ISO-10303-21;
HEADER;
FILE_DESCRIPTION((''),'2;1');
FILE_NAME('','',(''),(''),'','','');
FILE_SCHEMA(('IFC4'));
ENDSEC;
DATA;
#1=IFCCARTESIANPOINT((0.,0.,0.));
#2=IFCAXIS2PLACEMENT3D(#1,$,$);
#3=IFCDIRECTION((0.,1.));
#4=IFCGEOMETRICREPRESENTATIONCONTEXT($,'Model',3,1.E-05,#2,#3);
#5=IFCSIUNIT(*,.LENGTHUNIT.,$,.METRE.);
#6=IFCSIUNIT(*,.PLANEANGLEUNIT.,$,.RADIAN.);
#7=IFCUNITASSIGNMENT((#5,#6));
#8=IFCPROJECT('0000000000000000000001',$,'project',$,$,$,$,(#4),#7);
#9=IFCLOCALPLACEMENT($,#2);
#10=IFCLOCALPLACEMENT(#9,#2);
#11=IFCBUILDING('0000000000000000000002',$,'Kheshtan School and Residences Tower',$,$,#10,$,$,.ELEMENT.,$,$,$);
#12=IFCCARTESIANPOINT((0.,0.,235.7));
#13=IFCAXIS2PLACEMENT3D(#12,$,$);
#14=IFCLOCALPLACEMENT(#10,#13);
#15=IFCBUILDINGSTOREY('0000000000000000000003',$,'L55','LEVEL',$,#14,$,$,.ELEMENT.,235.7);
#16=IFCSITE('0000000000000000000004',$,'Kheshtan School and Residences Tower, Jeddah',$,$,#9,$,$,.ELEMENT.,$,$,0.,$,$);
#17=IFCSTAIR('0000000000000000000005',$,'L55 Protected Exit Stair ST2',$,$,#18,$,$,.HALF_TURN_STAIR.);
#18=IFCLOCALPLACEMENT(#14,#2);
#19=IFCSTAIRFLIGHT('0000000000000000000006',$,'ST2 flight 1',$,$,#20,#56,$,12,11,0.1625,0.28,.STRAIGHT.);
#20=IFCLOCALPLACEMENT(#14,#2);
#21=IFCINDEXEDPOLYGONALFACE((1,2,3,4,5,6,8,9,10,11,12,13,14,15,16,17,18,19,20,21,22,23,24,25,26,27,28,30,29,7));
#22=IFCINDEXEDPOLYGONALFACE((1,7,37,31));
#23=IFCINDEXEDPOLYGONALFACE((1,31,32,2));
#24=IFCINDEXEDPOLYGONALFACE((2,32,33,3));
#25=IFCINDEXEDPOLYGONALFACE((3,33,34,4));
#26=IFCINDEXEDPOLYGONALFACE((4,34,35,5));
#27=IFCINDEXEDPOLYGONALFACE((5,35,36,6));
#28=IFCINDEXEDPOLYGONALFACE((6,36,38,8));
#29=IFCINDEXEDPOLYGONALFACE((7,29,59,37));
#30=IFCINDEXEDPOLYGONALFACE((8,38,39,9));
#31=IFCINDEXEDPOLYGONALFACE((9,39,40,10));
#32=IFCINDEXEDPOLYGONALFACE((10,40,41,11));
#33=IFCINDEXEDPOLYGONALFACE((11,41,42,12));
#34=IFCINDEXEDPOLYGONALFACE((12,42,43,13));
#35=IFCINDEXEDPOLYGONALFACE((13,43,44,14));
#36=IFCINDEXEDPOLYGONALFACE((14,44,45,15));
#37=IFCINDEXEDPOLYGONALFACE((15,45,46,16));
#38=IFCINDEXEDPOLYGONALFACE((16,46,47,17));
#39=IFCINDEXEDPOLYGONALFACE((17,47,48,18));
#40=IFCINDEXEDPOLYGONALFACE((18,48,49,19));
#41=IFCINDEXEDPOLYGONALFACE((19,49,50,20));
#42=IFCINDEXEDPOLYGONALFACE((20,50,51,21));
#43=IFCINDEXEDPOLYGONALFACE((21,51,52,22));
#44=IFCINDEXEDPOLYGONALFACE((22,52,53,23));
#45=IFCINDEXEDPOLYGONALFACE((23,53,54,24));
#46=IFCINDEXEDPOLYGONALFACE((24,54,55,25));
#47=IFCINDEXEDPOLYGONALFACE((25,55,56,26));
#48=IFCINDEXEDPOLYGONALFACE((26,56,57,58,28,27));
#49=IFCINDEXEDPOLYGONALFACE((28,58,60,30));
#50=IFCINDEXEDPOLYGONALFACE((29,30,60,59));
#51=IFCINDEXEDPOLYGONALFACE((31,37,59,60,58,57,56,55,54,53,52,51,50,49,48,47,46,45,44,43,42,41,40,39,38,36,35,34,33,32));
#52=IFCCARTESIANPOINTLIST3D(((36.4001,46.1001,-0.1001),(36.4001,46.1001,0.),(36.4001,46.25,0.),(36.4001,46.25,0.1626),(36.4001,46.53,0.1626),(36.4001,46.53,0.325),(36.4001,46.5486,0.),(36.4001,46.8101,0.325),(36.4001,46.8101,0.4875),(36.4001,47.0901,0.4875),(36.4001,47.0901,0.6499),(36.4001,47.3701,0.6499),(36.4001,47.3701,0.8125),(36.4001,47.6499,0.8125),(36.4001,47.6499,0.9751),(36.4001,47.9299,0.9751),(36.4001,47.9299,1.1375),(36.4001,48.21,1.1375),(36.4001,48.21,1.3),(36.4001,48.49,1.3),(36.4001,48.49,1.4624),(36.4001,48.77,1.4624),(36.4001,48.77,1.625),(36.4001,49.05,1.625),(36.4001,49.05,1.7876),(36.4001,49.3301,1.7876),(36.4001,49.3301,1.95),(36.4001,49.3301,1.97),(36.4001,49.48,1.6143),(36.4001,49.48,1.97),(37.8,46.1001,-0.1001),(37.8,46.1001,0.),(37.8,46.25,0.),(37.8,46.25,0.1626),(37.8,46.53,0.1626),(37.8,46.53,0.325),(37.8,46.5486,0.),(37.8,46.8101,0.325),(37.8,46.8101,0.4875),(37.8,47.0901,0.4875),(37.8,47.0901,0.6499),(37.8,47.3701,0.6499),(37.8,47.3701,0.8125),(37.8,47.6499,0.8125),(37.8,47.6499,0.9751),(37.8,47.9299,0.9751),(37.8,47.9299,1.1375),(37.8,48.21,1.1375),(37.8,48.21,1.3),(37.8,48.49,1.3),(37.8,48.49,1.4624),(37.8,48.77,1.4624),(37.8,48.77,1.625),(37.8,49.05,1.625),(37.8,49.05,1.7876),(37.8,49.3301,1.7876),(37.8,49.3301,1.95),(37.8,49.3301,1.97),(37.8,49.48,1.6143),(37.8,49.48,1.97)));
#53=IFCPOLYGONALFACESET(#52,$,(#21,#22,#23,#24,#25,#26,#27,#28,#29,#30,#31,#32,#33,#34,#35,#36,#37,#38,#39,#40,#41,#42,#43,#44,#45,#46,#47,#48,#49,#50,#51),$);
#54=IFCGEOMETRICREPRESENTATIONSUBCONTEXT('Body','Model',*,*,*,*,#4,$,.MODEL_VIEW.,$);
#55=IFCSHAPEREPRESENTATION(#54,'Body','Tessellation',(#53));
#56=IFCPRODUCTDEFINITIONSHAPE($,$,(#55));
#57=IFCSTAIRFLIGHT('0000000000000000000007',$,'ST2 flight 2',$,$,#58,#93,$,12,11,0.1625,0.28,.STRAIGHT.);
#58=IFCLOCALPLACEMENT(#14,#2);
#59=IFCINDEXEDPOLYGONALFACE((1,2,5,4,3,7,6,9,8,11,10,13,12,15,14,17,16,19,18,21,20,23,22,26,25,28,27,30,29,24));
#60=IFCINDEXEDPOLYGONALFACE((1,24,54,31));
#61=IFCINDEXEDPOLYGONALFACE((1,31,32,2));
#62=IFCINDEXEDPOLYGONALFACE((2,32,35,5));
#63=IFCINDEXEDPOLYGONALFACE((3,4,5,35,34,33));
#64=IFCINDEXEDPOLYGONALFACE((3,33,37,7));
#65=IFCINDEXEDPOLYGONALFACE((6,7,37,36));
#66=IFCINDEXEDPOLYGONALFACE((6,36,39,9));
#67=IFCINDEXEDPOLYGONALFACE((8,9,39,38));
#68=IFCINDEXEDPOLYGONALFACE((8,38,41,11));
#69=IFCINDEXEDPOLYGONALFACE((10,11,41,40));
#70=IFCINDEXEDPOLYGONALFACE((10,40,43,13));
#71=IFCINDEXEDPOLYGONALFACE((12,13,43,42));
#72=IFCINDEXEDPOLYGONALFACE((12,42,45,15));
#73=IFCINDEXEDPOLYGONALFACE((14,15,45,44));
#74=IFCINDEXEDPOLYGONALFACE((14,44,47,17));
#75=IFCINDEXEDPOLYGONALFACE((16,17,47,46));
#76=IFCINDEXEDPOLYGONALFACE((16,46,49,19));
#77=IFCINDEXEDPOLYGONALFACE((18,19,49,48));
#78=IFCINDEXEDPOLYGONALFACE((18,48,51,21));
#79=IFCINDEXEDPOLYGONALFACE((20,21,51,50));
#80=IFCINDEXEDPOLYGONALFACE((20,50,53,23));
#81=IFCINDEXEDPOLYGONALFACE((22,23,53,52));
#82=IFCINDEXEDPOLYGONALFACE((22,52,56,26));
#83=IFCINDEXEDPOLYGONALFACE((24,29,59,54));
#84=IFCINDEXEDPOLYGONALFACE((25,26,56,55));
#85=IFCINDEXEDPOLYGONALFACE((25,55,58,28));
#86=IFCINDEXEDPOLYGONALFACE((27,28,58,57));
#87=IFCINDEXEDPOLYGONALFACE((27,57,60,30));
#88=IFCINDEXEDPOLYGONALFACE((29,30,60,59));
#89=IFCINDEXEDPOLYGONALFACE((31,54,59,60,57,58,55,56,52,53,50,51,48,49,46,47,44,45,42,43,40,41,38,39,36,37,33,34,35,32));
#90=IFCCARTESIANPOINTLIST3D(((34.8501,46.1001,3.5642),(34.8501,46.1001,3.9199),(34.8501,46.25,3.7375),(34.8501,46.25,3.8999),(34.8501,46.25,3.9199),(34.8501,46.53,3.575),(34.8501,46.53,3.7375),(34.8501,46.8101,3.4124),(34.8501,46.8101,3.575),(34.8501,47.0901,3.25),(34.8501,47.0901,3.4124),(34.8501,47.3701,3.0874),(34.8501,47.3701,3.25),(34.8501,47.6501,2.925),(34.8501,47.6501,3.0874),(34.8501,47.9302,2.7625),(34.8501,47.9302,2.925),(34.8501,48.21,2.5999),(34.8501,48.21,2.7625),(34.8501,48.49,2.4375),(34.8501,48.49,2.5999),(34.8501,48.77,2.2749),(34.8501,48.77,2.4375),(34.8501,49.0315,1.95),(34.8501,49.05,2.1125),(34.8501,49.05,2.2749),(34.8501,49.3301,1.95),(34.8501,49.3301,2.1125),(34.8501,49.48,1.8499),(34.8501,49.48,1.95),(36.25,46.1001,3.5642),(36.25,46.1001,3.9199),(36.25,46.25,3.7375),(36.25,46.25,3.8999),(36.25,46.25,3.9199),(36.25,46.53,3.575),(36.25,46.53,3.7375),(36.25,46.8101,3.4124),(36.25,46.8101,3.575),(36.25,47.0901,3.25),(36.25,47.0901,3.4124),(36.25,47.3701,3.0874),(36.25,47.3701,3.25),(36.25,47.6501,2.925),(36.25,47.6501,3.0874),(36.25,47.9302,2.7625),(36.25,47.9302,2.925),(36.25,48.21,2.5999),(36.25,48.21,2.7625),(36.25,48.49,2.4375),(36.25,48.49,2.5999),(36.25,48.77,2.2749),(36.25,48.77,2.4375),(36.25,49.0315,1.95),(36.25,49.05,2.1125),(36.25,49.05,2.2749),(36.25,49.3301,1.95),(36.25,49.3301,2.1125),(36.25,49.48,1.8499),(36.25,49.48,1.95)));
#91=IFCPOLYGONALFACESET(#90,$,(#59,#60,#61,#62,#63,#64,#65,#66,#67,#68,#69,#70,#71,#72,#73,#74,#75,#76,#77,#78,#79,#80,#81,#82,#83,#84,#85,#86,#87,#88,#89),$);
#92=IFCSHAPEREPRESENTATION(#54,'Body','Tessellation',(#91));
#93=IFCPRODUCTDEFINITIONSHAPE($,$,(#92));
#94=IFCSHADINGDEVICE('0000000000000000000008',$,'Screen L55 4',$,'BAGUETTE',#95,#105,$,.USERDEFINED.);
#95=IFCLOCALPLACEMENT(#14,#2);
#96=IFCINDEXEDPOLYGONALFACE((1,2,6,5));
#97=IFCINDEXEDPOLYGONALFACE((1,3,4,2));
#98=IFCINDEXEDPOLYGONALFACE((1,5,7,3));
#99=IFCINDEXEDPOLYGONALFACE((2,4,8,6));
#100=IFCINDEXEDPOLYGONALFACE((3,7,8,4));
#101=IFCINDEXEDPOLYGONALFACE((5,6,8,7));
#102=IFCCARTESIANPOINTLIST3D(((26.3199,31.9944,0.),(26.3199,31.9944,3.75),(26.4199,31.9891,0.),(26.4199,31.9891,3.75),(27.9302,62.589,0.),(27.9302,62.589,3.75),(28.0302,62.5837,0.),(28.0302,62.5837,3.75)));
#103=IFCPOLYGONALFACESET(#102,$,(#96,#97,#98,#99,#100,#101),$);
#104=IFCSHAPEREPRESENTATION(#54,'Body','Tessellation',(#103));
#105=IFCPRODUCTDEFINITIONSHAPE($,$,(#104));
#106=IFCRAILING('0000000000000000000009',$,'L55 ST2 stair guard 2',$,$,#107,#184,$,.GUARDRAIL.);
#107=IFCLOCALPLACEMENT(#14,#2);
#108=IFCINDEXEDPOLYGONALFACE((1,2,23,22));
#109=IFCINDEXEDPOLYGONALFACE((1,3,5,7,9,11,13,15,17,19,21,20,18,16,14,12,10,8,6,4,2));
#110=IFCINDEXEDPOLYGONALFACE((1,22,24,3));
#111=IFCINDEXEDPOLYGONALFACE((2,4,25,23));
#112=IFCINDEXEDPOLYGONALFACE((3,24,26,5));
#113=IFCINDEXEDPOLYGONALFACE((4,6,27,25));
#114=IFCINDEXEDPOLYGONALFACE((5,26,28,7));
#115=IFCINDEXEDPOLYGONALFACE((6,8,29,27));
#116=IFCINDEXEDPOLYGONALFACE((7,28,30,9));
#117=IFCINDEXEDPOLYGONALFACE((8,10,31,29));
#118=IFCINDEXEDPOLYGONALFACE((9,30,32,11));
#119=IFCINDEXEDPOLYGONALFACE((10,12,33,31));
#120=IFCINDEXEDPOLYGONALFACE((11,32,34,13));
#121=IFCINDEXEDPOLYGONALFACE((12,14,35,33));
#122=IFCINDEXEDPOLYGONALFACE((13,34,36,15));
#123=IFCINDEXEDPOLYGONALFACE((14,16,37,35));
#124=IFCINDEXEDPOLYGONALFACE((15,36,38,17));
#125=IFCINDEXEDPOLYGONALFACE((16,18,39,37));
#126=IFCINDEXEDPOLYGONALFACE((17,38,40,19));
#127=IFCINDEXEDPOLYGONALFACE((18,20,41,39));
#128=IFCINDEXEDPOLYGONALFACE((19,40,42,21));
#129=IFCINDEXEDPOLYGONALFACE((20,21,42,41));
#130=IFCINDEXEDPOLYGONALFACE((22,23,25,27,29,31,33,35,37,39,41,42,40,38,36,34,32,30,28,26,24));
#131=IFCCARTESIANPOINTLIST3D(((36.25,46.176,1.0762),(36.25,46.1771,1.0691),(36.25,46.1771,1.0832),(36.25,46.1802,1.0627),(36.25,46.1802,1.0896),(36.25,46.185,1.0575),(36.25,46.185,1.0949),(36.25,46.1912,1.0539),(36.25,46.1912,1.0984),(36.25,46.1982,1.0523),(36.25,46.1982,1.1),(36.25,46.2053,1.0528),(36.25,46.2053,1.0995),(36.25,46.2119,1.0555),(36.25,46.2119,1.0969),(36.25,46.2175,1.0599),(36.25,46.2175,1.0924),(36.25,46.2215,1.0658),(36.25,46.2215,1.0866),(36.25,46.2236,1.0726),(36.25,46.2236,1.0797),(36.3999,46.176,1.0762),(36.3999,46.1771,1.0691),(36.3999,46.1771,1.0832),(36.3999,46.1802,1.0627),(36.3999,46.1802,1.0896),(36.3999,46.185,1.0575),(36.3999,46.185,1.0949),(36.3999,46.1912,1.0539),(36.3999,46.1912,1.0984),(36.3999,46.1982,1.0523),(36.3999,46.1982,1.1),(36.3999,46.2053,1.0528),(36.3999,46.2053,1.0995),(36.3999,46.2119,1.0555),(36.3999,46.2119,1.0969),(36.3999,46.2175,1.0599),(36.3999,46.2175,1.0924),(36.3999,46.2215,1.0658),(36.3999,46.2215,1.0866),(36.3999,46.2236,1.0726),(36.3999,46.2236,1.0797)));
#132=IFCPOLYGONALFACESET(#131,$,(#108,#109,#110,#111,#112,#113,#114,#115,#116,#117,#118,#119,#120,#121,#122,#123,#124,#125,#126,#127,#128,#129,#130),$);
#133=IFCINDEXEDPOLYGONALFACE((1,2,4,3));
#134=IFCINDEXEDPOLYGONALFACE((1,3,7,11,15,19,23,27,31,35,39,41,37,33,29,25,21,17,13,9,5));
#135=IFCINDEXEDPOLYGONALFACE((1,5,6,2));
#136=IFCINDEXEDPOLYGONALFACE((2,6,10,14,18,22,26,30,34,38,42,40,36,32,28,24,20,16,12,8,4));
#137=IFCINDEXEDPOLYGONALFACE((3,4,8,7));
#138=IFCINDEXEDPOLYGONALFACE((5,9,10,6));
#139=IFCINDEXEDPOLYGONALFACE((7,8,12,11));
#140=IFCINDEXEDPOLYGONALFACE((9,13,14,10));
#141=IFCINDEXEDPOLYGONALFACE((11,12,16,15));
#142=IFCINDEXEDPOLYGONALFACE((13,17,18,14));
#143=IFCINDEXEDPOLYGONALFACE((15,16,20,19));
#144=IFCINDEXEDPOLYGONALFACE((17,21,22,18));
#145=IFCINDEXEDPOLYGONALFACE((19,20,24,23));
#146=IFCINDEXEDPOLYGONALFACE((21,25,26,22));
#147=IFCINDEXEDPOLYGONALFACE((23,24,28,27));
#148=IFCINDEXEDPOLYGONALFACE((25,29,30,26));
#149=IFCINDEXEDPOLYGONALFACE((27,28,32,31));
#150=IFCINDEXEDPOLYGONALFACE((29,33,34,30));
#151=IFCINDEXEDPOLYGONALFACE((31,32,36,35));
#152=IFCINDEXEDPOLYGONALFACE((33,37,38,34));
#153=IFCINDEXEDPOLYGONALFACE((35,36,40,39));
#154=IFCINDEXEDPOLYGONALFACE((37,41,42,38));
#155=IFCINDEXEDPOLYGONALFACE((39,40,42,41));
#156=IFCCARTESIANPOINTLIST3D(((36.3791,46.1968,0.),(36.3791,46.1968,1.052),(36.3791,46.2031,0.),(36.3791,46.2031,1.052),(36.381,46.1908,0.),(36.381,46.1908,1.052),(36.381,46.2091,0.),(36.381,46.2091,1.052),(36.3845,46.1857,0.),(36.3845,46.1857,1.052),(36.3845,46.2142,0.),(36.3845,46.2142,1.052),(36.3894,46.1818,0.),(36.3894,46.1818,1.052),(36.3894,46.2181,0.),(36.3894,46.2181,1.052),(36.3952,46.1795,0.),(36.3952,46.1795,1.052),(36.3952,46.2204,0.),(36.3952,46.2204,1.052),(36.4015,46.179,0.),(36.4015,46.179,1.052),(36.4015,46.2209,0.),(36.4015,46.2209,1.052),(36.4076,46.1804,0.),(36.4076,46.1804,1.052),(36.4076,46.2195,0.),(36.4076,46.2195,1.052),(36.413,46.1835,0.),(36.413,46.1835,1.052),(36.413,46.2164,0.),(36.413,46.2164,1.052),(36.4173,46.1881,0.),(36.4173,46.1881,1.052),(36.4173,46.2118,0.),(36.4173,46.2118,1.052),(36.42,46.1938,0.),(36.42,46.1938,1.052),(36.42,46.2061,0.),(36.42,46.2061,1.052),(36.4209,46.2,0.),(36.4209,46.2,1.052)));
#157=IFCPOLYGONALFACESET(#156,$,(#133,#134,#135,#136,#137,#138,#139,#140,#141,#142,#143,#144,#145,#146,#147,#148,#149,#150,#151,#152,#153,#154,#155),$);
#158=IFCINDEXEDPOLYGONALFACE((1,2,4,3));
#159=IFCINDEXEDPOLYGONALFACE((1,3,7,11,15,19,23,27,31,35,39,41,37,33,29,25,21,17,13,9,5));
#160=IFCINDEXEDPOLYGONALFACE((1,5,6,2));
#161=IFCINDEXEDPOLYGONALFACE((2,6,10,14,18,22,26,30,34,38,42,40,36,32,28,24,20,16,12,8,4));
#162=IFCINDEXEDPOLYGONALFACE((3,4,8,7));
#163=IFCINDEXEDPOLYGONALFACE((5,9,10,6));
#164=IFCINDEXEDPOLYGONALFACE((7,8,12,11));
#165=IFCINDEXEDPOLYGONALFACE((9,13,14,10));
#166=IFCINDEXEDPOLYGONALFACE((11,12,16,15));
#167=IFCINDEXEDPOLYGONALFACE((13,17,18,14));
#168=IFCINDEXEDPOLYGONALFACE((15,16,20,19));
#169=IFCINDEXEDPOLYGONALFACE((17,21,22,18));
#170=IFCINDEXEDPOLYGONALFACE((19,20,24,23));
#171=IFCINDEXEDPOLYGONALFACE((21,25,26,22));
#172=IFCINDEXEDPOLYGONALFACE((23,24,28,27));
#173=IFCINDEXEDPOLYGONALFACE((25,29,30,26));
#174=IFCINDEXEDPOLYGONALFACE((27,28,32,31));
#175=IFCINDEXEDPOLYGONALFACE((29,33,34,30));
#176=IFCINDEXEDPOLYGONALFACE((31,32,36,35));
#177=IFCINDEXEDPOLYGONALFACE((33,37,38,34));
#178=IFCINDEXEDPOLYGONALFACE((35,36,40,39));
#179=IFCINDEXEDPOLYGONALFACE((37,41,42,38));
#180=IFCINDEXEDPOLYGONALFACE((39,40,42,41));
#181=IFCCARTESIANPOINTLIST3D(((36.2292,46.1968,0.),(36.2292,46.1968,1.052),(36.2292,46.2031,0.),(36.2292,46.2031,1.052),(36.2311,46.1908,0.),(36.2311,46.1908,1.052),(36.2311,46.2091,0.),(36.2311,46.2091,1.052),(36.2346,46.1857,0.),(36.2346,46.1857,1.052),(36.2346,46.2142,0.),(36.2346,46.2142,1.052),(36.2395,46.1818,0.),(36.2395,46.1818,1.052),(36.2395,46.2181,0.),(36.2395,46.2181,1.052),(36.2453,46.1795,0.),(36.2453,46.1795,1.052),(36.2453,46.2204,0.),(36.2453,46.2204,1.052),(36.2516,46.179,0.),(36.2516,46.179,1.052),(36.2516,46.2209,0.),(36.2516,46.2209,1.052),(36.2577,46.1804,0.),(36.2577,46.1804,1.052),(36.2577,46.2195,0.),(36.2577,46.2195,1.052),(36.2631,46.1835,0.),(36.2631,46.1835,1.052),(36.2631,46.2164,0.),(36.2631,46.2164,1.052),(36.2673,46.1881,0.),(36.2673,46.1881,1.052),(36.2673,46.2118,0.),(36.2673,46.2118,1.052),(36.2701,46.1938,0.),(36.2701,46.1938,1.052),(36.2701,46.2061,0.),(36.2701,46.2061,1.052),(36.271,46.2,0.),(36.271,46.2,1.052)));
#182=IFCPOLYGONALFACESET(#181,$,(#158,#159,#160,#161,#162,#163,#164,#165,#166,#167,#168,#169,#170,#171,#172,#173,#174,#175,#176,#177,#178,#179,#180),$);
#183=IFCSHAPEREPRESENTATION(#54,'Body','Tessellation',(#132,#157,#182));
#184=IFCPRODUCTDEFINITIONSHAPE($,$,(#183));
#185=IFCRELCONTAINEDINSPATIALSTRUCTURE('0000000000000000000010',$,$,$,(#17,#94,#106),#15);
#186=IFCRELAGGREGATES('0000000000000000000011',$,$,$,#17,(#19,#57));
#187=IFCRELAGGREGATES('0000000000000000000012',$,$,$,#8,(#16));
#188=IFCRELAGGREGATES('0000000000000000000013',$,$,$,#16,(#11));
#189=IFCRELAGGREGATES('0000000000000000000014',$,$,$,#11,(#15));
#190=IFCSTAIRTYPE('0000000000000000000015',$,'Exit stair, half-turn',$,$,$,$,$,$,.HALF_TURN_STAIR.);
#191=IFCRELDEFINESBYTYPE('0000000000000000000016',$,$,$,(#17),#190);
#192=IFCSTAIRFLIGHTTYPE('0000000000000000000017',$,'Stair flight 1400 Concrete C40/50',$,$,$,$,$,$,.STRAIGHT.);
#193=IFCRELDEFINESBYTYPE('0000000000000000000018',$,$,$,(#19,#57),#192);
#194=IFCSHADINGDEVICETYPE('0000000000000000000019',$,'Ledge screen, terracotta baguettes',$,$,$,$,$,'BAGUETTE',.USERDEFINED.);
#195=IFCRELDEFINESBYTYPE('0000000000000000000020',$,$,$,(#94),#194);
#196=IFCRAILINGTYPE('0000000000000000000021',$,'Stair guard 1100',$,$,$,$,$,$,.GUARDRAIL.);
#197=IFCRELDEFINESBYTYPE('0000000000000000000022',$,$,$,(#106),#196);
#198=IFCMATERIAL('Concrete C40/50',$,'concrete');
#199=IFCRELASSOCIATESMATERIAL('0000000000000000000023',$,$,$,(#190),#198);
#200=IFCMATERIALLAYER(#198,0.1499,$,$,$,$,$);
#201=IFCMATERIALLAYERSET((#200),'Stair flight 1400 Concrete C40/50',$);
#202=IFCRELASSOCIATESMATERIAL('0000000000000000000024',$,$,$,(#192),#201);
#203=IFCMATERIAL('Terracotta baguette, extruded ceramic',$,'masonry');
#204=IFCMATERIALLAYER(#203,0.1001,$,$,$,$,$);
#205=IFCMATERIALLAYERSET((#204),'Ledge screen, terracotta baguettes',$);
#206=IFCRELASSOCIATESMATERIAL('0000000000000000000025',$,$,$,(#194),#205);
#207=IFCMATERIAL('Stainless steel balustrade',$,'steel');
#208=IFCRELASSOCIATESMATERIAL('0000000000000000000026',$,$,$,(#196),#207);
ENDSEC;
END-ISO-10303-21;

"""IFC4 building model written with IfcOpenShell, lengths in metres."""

from ifc_helpers import new_model, si_unit, direction, frame, origin, origin_2d, place, context, subcontext, project, spatial, polyline, rectangle, circle, outline, extrude, material, layer, layer_set, type_object, element, aggregate, save


model = new_model("IFC4")

# Units and contexts
model_context = context("Model", 3, precision=1e-05, world=origin(), true_north=direction((0.0, 1.0)))
body_context = subcontext(model_context, "Body", "Model", "MODEL_VIEW")
ifc_project = project(units=[si_unit("LENGTHUNIT", "METRE"), si_unit("PLANEANGLEUNIT", "RADIAN")], contexts=[model_context])

# Site, building, storey
site_placement = place(None, origin())
site = spatial("IfcSite", under=ifc_project, at=site_placement, Name="Kheshtan School and Residences Tower, Jeddah", CompositionType="ELEMENT", RefElevation=0.0)
building_placement = place(site_placement, origin())
building = spatial("IfcBuilding", under=site, at=building_placement, Name="Kheshtan School and Residences Tower", CompositionType="ELEMENT")
storey_placement = place(building_placement, frame((0.0, 0.0, 235.7)))
storey = spatial("IfcBuildingStorey", under=building, at=storey_placement, Name="L55", Description="LEVEL", CompositionType="ELEMENT", Elevation=235.7)

# Shared definitions
ifc_material_1 = material(Name="Concrete C40/50", Category="concrete")

# Stair, stair flights
stair_type = type_object("IfcStairType", Name="Exit stair, half-turn", PredefinedType="HALF_TURN_STAIR", material=ifc_material_1)
stair_placement = place(storey_placement, origin())
stair = element("IfcStair", 1, at=stair_placement, inside=storey, type_object=stair_type, Name="L55 Protected Exit Stair ST2", PredefinedType="HALF_TURN_STAIR")
ifc_layer_1 = layer(ifc_material_1, 0.1499)
ifc_layer_set_1 = layer_set([ifc_layer_1], Name="Stair flight 1400 Concrete C40/50")
stair_flight_type = type_object("IfcStairFlightType", Name="Stair flight 1400 Concrete C40/50", PredefinedType="STRAIGHT", material=ifc_layer_set_1)
stair_flight_1_placement = place(storey_placement, frame((37.1001, 46.25, 0.0), z_axis=(0.0, 0.0, 1.0), x_axis=(0.0, 1.0, 0.0)))
stair_flight_1 = element("IfcStairFlight", 2, at=stair_flight_1_placement, type_object=stair_flight_type, Name="ST2 flight 1", NumberOfRisers=12, NumberOfTreads=11, PredefinedType="STRAIGHT", RiserHeight=0.1625, TreadLength=0.28, context=body_context, shape_type="SweptSolid", body=[
    extrude(outline(polyline([(-0.1499, -0.1001), (-0.1499, 0.0), (0.0, 0.0), (0.0, 0.1626), (0.28, 0.1626), (0.28, 0.325), (0.5601, 0.325), (0.5601, 0.4875), (0.8401, 0.4875), (0.8401, 0.6499), (1.1201, 0.6499), (1.1201, 0.8125), (1.3999, 0.8125), (1.3999, 0.9751), (1.6799, 0.9751), (1.6799, 1.1375), (1.96, 1.1375), (1.96, 1.3), (2.24, 1.3), (2.24, 1.4624), (2.52, 1.4624), (2.52, 1.625), (2.8, 1.625), (2.8, 1.7876), (3.0801, 1.7876), (3.0801, 1.95), (3.0801, 1.97), (3.23, 1.97), (3.23, 1.6143), (0.2986, 0.0), (-0.1499, -0.1001)])), frame((0.0, 0.7, 0.0), z_axis=(0.0, -1.0, 0.0), x_axis=(1.0, 0.0, 0.0)), (0.0, 0.0, 1.0), 1.3999),
])
stair_flight_2_placement = place(storey_placement, frame((35.55, 49.3301, 1.95), z_axis=(0.0, 0.0, 1.0), x_axis=(0.0, -1.0, 0.0)))
stair_flight_2 = element("IfcStairFlight", 3, at=stair_flight_2_placement, type_object=stair_flight_type, Name="ST2 flight 2", NumberOfRisers=12, NumberOfTreads=11, PredefinedType="STRAIGHT", RiserHeight=0.1625, TreadLength=0.28, context=body_context, shape_type="SweptSolid", body=[
    extrude(outline(polyline([(-0.1499, -0.1001), (-0.1499, 0.0), (0.0, 0.0), (0.0, 0.1626), (0.28, 0.1626), (0.28, 0.325), (0.5601, 0.325), (0.5601, 0.4875), (0.8401, 0.4875), (0.8401, 0.6499), (1.1201, 0.6499), (1.1201, 0.8125), (1.3999, 0.8125), (1.3999, 0.9751), (1.6799, 0.9751), (1.6799, 1.1375), (1.96, 1.1375), (1.96, 1.3), (2.24, 1.3), (2.24, 1.4624), (2.52, 1.4624), (2.52, 1.625), (2.8, 1.625), (2.8, 1.7876), (3.0801, 1.7876), (3.0801, 1.95), (3.0801, 1.97), (3.23, 1.97), (3.23, 1.6143), (0.2986, 0.0), (-0.1499, -0.1001)])), frame((0.0, 0.7, 0.0), z_axis=(0.0, -1.0, 0.0), x_axis=(1.0, 0.0, 0.0)), (0.0, 0.0, 1.0), 1.3999),
])
aggregate(stair, [stair_flight_1, stair_flight_2])

# Shading device
ifc_material_2 = material(Name="Terracotta baguette, extruded ceramic", Category="masonry")
ifc_layer_2 = layer(ifc_material_2, 0.1001)
ifc_layer_set_2 = layer_set([ifc_layer_2], Name="Ledge screen, terracotta baguettes")
shading_device_type = type_object("IfcShadingDeviceType", Name="Ledge screen, terracotta baguettes", ElementType="BAGUETTE", PredefinedType="USERDEFINED", material=ifc_layer_set_2)
shading_device_placement = place(storey_placement, frame((27.175, 47.2891, 0.0), z_axis=(0.0, 0.0, 1.0), x_axis=(0.052563, 0.998618, 0.0)))
element("IfcShadingDevice", 4, at=shading_device_placement, inside=storey, type_object=shading_device_type, Name="Screen L55 4", ObjectType="BAGUETTE", PredefinedType="USERDEFINED", context=body_context, shape_type="SweptSolid", body=[
    extrude(rectangle(XDim=30.637, YDim=0.1001, at=origin_2d()), origin(), (0.0, 0.0, 1.0), 3.75),
])

# Railing
ifc_material_3 = material(Name="Stainless steel balustrade", Category="steel")
railing_type_1 = type_object("IfcRailingType", Name="Stair guard 1100", PredefinedType="GUARDRAIL", material=ifc_material_3)
railing_1_placement = place(storey_placement, frame((36.3999, 46.2, 0.0)))
element("IfcRailing", 5, at=railing_1_placement, inside=storey, type_object=railing_type_1, Name="L55 ST2 stair guard 2", PredefinedType="GUARDRAIL", context=body_context, shape_type="SweptSolid", body=[
    extrude(circle(Radius=0.0239, at=origin_2d()), frame((0.0, 0.0, 1.0762), z_axis=(-1.0, 0.0, 0.0), x_axis=(0.0, -1.0, 0.0)), (0.0, 0.0, 1.0), 0.1499),
    extrude(circle(Radius=0.021, at=origin_2d()), origin(), (0.0, 0.0, 1.0), 1.052),
    extrude(circle(Radius=0.021, at=origin_2d()), frame((-0.1499, 0.0, 0.0)), (0.0, 0.0, 1.0), 1.052),
])

save(model, "model.ifc")
